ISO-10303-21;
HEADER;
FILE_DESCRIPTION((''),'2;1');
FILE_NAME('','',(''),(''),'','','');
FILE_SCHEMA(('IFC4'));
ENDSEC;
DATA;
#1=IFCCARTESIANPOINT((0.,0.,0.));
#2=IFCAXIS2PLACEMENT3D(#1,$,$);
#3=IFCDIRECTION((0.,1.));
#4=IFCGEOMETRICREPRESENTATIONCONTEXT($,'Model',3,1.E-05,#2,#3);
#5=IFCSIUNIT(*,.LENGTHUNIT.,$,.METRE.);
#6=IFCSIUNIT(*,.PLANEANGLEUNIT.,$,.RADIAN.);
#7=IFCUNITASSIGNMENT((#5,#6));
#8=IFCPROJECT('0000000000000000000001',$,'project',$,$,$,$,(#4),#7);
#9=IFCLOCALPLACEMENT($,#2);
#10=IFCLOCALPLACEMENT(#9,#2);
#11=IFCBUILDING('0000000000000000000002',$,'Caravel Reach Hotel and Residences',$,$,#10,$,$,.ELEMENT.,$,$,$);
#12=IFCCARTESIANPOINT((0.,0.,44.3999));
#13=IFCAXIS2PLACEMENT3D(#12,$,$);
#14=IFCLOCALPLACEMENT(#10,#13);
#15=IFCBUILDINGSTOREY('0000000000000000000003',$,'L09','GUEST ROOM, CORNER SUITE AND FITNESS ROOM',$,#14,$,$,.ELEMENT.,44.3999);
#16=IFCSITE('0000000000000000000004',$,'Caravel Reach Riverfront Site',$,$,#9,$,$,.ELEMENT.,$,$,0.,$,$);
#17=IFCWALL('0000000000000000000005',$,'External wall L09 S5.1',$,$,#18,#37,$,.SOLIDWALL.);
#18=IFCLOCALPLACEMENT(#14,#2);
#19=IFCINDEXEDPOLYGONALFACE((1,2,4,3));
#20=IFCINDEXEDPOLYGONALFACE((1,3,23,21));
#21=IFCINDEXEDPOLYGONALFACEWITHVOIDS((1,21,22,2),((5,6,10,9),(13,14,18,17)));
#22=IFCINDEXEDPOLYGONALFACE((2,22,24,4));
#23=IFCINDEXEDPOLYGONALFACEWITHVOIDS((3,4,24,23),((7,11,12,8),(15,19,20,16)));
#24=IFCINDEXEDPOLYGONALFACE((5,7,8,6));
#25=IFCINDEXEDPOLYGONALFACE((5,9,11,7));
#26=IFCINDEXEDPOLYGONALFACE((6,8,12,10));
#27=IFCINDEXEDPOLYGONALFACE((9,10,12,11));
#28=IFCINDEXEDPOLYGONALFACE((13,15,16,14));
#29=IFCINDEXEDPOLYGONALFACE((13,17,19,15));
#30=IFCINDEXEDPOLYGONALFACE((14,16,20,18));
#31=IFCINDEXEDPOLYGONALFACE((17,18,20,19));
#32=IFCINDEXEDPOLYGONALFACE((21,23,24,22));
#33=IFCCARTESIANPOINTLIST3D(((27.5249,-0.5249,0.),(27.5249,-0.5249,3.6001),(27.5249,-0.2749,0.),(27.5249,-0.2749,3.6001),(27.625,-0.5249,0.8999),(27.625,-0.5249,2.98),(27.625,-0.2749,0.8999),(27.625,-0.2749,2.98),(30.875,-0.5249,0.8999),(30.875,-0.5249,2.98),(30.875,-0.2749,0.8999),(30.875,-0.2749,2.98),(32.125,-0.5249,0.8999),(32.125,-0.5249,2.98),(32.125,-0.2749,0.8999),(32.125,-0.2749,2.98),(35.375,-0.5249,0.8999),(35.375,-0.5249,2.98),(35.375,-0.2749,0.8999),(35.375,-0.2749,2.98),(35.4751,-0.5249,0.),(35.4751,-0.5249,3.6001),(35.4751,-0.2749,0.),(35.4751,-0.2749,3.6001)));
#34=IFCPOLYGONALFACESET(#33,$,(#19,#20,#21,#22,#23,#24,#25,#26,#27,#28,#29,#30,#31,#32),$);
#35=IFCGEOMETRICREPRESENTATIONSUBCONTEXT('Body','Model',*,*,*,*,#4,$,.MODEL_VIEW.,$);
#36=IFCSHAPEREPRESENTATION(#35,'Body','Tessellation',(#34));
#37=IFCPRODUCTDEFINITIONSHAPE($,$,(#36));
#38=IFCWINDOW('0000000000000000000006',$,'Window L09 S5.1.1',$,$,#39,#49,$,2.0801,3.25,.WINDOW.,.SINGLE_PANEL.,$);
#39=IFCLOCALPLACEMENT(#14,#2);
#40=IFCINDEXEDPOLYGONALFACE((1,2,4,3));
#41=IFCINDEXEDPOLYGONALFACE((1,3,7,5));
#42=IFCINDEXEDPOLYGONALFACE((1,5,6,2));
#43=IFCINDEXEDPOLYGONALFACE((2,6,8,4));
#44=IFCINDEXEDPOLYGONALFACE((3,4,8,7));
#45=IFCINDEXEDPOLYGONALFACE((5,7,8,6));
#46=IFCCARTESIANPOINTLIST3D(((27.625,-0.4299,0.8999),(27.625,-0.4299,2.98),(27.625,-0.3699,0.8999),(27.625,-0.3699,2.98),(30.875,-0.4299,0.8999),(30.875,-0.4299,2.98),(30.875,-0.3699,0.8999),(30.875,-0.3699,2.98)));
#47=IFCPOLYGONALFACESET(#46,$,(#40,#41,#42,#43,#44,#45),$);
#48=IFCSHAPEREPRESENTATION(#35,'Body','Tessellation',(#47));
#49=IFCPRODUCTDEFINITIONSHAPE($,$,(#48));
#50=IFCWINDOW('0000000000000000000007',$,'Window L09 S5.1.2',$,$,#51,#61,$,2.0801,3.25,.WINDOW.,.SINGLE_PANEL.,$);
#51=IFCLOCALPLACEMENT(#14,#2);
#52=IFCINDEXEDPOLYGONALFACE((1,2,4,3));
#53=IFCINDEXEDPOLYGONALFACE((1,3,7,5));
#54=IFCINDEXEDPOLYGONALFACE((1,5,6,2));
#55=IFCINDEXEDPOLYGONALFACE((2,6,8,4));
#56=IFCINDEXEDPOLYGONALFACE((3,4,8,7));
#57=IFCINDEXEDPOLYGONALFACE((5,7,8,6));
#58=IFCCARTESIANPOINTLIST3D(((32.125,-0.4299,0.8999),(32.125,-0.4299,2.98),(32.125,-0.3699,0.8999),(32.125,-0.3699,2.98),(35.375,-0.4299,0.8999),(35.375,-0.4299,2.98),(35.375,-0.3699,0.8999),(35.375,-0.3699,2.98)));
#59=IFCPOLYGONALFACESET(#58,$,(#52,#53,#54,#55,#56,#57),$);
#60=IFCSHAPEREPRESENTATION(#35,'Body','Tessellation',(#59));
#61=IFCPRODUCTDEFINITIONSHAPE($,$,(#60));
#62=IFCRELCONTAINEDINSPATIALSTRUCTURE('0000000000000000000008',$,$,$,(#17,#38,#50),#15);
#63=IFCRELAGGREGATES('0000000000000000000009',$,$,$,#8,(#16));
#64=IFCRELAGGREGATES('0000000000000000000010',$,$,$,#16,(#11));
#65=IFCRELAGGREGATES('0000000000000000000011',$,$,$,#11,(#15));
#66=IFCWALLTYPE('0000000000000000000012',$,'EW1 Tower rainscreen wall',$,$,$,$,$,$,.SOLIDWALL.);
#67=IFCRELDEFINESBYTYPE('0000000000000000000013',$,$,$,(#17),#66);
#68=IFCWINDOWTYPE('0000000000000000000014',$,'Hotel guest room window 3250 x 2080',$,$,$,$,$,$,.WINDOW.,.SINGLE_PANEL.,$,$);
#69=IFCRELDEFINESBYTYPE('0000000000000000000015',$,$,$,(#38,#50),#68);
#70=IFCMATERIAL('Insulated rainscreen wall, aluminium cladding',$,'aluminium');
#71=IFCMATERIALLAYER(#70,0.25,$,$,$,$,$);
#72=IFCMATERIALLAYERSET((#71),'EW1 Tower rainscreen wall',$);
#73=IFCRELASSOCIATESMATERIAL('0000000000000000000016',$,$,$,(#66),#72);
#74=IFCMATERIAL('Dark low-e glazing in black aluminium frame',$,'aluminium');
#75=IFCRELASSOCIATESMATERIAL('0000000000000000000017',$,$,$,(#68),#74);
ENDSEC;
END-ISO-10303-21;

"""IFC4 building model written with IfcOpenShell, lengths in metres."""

from ifc_helpers import new_model, si_unit, direction, frame, frame_2d, origin, place, context, subcontext, project, spatial, rectangle, extrude, material, layer, layer_set, type_object, element, fill, save


model = new_model("IFC4")

# Units and contexts
model_context = context("Model", 3, precision=1e-05, world=origin(), true_north=direction((0.0, 1.0)))
body_context = subcontext(model_context, "Body", "Model", "MODEL_VIEW")
ifc_project = project(units=[si_unit("LENGTHUNIT", "METRE"), si_unit("PLANEANGLEUNIT", "RADIAN")], contexts=[model_context])

# Site, building, storey
site_placement = place(None, origin())
site = spatial("IfcSite", under=ifc_project, at=site_placement, Name="Caravel Reach Riverfront Site", CompositionType="ELEMENT", RefElevation=0.0)
building_placement = place(site_placement, origin())
building = spatial("IfcBuilding", under=site, at=building_placement, Name="Caravel Reach Hotel and Residences", CompositionType="ELEMENT")
storey_placement = place(building_placement, frame((0.0, 0.0, 44.3999)))
storey = spatial("IfcBuildingStorey", under=building, at=storey_placement, Name="L09", Description="GUEST ROOM, CORNER SUITE AND FITNESS ROOM", CompositionType="ELEMENT", Elevation=44.3999)

# Shared definitions
ifc_material_1 = material(Name="Insulated rainscreen wall, aluminium cladding", Category="aluminium")
ifc_layer_1 = layer(ifc_material_1, 0.25)
ifc_layer_set_1 = layer_set([ifc_layer_1], Name="EW1 Tower rainscreen wall")
wall_type_1 = type_object("IfcWallType", Name="EW1 Tower rainscreen wall", PredefinedType="SOLIDWALL", material=ifc_layer_set_1)

# Wall, openings, windows
wall_1_placement = place(storey_placement, frame((27.5249, -0.3999, 0.0), z_axis=(0.0, 0.0, 1.0), x_axis=(1.0, 0.0, 0.0)))
wall_1 = element("IfcWall", 1, at=wall_1_placement, inside=storey, type_object=wall_type_1, Name="External wall L09 S5.1", PredefinedType="SOLIDWALL", context=body_context, shape_type="SweptSolid", body=[
    extrude(rectangle(XDim=7.9502, YDim=0.25, at=frame_2d((3.9751, 0.0))), origin(), (0.0, 0.0, 1.0), 3.6001),
])
opening_1_placement = place(wall_1_placement, frame((0.1001, 0.0, 0.8999)))
opening_1 = element("IfcOpeningElement", 2, at=opening_1_placement, cuts=wall_1, PredefinedType="OPENING", context=body_context, shape_type="SweptSolid", body=[
    extrude(rectangle(XDim=3.25, YDim=2.0801, at=frame_2d((1.625, 1.04))), frame((0.0, 0.135, 0.0), z_axis=(0.0, -1.0, 0.0), x_axis=(1.0, 0.0, 0.0)), (0.0, 0.0, 1.0), 0.27),
])
opening_2_placement = place(wall_1_placement, frame((4.6001, 0.0, 0.8999)))
opening_2 = element("IfcOpeningElement", 3, at=opening_2_placement, cuts=wall_1, PredefinedType="OPENING", context=body_context, shape_type="SweptSolid", body=[
    extrude(rectangle(XDim=3.25, YDim=2.0801, at=frame_2d((1.625, 1.04))), frame((0.0, 0.135, 0.0), z_axis=(0.0, -1.0, 0.0), x_axis=(1.0, 0.0, 0.0)), (0.0, 0.0, 1.0), 0.27),
])
ifc_material_2 = material(Name="Dark low-e glazing in black aluminium frame", Category="aluminium")
window_type_1 = type_object("IfcWindowType", Name="Hotel guest room window 3250 x 2080", PartitioningType="SINGLE_PANEL", PredefinedType="WINDOW", material=ifc_material_2)
window_1_placement = place(opening_1_placement, origin())
window_1 = element("IfcWindow", 4, at=window_1_placement, inside=storey, type_object=window_type_1, Name="Window L09 S5.1.1", OverallHeight=2.0801, OverallWidth=3.25, PartitioningType="SINGLE_PANEL", PredefinedType="WINDOW", context=body_context, shape_type="SweptSolid", body=[
    extrude(rectangle(XDim=3.25, YDim=2.0801, at=frame_2d((1.625, 1.04))), frame((0.0, 0.03, 0.0), z_axis=(0.0, -1.0, 0.0), x_axis=(1.0, 0.0, 0.0)), (0.0, 0.0, 1.0), 0.0601),
])
fill(opening_1, window_1)
window_2_placement = place(opening_2_placement, origin())
window_2 = element("IfcWindow", 5, at=window_2_placement, inside=storey, type_object=window_type_1, Name="Window L09 S5.1.2", OverallHeight=2.0801, OverallWidth=3.25, PartitioningType="SINGLE_PANEL", PredefinedType="WINDOW", context=body_context, shape_type="SweptSolid", body=[
    extrude(rectangle(XDim=3.25, YDim=2.0801, at=frame_2d((1.625, 1.04))), frame((0.0, 0.03, 0.0), z_axis=(0.0, -1.0, 0.0), x_axis=(1.0, 0.0, 0.0)), (0.0, 0.0, 1.0), 0.0601),
])
fill(opening_2, window_2)

save(model, "model.ifc")
